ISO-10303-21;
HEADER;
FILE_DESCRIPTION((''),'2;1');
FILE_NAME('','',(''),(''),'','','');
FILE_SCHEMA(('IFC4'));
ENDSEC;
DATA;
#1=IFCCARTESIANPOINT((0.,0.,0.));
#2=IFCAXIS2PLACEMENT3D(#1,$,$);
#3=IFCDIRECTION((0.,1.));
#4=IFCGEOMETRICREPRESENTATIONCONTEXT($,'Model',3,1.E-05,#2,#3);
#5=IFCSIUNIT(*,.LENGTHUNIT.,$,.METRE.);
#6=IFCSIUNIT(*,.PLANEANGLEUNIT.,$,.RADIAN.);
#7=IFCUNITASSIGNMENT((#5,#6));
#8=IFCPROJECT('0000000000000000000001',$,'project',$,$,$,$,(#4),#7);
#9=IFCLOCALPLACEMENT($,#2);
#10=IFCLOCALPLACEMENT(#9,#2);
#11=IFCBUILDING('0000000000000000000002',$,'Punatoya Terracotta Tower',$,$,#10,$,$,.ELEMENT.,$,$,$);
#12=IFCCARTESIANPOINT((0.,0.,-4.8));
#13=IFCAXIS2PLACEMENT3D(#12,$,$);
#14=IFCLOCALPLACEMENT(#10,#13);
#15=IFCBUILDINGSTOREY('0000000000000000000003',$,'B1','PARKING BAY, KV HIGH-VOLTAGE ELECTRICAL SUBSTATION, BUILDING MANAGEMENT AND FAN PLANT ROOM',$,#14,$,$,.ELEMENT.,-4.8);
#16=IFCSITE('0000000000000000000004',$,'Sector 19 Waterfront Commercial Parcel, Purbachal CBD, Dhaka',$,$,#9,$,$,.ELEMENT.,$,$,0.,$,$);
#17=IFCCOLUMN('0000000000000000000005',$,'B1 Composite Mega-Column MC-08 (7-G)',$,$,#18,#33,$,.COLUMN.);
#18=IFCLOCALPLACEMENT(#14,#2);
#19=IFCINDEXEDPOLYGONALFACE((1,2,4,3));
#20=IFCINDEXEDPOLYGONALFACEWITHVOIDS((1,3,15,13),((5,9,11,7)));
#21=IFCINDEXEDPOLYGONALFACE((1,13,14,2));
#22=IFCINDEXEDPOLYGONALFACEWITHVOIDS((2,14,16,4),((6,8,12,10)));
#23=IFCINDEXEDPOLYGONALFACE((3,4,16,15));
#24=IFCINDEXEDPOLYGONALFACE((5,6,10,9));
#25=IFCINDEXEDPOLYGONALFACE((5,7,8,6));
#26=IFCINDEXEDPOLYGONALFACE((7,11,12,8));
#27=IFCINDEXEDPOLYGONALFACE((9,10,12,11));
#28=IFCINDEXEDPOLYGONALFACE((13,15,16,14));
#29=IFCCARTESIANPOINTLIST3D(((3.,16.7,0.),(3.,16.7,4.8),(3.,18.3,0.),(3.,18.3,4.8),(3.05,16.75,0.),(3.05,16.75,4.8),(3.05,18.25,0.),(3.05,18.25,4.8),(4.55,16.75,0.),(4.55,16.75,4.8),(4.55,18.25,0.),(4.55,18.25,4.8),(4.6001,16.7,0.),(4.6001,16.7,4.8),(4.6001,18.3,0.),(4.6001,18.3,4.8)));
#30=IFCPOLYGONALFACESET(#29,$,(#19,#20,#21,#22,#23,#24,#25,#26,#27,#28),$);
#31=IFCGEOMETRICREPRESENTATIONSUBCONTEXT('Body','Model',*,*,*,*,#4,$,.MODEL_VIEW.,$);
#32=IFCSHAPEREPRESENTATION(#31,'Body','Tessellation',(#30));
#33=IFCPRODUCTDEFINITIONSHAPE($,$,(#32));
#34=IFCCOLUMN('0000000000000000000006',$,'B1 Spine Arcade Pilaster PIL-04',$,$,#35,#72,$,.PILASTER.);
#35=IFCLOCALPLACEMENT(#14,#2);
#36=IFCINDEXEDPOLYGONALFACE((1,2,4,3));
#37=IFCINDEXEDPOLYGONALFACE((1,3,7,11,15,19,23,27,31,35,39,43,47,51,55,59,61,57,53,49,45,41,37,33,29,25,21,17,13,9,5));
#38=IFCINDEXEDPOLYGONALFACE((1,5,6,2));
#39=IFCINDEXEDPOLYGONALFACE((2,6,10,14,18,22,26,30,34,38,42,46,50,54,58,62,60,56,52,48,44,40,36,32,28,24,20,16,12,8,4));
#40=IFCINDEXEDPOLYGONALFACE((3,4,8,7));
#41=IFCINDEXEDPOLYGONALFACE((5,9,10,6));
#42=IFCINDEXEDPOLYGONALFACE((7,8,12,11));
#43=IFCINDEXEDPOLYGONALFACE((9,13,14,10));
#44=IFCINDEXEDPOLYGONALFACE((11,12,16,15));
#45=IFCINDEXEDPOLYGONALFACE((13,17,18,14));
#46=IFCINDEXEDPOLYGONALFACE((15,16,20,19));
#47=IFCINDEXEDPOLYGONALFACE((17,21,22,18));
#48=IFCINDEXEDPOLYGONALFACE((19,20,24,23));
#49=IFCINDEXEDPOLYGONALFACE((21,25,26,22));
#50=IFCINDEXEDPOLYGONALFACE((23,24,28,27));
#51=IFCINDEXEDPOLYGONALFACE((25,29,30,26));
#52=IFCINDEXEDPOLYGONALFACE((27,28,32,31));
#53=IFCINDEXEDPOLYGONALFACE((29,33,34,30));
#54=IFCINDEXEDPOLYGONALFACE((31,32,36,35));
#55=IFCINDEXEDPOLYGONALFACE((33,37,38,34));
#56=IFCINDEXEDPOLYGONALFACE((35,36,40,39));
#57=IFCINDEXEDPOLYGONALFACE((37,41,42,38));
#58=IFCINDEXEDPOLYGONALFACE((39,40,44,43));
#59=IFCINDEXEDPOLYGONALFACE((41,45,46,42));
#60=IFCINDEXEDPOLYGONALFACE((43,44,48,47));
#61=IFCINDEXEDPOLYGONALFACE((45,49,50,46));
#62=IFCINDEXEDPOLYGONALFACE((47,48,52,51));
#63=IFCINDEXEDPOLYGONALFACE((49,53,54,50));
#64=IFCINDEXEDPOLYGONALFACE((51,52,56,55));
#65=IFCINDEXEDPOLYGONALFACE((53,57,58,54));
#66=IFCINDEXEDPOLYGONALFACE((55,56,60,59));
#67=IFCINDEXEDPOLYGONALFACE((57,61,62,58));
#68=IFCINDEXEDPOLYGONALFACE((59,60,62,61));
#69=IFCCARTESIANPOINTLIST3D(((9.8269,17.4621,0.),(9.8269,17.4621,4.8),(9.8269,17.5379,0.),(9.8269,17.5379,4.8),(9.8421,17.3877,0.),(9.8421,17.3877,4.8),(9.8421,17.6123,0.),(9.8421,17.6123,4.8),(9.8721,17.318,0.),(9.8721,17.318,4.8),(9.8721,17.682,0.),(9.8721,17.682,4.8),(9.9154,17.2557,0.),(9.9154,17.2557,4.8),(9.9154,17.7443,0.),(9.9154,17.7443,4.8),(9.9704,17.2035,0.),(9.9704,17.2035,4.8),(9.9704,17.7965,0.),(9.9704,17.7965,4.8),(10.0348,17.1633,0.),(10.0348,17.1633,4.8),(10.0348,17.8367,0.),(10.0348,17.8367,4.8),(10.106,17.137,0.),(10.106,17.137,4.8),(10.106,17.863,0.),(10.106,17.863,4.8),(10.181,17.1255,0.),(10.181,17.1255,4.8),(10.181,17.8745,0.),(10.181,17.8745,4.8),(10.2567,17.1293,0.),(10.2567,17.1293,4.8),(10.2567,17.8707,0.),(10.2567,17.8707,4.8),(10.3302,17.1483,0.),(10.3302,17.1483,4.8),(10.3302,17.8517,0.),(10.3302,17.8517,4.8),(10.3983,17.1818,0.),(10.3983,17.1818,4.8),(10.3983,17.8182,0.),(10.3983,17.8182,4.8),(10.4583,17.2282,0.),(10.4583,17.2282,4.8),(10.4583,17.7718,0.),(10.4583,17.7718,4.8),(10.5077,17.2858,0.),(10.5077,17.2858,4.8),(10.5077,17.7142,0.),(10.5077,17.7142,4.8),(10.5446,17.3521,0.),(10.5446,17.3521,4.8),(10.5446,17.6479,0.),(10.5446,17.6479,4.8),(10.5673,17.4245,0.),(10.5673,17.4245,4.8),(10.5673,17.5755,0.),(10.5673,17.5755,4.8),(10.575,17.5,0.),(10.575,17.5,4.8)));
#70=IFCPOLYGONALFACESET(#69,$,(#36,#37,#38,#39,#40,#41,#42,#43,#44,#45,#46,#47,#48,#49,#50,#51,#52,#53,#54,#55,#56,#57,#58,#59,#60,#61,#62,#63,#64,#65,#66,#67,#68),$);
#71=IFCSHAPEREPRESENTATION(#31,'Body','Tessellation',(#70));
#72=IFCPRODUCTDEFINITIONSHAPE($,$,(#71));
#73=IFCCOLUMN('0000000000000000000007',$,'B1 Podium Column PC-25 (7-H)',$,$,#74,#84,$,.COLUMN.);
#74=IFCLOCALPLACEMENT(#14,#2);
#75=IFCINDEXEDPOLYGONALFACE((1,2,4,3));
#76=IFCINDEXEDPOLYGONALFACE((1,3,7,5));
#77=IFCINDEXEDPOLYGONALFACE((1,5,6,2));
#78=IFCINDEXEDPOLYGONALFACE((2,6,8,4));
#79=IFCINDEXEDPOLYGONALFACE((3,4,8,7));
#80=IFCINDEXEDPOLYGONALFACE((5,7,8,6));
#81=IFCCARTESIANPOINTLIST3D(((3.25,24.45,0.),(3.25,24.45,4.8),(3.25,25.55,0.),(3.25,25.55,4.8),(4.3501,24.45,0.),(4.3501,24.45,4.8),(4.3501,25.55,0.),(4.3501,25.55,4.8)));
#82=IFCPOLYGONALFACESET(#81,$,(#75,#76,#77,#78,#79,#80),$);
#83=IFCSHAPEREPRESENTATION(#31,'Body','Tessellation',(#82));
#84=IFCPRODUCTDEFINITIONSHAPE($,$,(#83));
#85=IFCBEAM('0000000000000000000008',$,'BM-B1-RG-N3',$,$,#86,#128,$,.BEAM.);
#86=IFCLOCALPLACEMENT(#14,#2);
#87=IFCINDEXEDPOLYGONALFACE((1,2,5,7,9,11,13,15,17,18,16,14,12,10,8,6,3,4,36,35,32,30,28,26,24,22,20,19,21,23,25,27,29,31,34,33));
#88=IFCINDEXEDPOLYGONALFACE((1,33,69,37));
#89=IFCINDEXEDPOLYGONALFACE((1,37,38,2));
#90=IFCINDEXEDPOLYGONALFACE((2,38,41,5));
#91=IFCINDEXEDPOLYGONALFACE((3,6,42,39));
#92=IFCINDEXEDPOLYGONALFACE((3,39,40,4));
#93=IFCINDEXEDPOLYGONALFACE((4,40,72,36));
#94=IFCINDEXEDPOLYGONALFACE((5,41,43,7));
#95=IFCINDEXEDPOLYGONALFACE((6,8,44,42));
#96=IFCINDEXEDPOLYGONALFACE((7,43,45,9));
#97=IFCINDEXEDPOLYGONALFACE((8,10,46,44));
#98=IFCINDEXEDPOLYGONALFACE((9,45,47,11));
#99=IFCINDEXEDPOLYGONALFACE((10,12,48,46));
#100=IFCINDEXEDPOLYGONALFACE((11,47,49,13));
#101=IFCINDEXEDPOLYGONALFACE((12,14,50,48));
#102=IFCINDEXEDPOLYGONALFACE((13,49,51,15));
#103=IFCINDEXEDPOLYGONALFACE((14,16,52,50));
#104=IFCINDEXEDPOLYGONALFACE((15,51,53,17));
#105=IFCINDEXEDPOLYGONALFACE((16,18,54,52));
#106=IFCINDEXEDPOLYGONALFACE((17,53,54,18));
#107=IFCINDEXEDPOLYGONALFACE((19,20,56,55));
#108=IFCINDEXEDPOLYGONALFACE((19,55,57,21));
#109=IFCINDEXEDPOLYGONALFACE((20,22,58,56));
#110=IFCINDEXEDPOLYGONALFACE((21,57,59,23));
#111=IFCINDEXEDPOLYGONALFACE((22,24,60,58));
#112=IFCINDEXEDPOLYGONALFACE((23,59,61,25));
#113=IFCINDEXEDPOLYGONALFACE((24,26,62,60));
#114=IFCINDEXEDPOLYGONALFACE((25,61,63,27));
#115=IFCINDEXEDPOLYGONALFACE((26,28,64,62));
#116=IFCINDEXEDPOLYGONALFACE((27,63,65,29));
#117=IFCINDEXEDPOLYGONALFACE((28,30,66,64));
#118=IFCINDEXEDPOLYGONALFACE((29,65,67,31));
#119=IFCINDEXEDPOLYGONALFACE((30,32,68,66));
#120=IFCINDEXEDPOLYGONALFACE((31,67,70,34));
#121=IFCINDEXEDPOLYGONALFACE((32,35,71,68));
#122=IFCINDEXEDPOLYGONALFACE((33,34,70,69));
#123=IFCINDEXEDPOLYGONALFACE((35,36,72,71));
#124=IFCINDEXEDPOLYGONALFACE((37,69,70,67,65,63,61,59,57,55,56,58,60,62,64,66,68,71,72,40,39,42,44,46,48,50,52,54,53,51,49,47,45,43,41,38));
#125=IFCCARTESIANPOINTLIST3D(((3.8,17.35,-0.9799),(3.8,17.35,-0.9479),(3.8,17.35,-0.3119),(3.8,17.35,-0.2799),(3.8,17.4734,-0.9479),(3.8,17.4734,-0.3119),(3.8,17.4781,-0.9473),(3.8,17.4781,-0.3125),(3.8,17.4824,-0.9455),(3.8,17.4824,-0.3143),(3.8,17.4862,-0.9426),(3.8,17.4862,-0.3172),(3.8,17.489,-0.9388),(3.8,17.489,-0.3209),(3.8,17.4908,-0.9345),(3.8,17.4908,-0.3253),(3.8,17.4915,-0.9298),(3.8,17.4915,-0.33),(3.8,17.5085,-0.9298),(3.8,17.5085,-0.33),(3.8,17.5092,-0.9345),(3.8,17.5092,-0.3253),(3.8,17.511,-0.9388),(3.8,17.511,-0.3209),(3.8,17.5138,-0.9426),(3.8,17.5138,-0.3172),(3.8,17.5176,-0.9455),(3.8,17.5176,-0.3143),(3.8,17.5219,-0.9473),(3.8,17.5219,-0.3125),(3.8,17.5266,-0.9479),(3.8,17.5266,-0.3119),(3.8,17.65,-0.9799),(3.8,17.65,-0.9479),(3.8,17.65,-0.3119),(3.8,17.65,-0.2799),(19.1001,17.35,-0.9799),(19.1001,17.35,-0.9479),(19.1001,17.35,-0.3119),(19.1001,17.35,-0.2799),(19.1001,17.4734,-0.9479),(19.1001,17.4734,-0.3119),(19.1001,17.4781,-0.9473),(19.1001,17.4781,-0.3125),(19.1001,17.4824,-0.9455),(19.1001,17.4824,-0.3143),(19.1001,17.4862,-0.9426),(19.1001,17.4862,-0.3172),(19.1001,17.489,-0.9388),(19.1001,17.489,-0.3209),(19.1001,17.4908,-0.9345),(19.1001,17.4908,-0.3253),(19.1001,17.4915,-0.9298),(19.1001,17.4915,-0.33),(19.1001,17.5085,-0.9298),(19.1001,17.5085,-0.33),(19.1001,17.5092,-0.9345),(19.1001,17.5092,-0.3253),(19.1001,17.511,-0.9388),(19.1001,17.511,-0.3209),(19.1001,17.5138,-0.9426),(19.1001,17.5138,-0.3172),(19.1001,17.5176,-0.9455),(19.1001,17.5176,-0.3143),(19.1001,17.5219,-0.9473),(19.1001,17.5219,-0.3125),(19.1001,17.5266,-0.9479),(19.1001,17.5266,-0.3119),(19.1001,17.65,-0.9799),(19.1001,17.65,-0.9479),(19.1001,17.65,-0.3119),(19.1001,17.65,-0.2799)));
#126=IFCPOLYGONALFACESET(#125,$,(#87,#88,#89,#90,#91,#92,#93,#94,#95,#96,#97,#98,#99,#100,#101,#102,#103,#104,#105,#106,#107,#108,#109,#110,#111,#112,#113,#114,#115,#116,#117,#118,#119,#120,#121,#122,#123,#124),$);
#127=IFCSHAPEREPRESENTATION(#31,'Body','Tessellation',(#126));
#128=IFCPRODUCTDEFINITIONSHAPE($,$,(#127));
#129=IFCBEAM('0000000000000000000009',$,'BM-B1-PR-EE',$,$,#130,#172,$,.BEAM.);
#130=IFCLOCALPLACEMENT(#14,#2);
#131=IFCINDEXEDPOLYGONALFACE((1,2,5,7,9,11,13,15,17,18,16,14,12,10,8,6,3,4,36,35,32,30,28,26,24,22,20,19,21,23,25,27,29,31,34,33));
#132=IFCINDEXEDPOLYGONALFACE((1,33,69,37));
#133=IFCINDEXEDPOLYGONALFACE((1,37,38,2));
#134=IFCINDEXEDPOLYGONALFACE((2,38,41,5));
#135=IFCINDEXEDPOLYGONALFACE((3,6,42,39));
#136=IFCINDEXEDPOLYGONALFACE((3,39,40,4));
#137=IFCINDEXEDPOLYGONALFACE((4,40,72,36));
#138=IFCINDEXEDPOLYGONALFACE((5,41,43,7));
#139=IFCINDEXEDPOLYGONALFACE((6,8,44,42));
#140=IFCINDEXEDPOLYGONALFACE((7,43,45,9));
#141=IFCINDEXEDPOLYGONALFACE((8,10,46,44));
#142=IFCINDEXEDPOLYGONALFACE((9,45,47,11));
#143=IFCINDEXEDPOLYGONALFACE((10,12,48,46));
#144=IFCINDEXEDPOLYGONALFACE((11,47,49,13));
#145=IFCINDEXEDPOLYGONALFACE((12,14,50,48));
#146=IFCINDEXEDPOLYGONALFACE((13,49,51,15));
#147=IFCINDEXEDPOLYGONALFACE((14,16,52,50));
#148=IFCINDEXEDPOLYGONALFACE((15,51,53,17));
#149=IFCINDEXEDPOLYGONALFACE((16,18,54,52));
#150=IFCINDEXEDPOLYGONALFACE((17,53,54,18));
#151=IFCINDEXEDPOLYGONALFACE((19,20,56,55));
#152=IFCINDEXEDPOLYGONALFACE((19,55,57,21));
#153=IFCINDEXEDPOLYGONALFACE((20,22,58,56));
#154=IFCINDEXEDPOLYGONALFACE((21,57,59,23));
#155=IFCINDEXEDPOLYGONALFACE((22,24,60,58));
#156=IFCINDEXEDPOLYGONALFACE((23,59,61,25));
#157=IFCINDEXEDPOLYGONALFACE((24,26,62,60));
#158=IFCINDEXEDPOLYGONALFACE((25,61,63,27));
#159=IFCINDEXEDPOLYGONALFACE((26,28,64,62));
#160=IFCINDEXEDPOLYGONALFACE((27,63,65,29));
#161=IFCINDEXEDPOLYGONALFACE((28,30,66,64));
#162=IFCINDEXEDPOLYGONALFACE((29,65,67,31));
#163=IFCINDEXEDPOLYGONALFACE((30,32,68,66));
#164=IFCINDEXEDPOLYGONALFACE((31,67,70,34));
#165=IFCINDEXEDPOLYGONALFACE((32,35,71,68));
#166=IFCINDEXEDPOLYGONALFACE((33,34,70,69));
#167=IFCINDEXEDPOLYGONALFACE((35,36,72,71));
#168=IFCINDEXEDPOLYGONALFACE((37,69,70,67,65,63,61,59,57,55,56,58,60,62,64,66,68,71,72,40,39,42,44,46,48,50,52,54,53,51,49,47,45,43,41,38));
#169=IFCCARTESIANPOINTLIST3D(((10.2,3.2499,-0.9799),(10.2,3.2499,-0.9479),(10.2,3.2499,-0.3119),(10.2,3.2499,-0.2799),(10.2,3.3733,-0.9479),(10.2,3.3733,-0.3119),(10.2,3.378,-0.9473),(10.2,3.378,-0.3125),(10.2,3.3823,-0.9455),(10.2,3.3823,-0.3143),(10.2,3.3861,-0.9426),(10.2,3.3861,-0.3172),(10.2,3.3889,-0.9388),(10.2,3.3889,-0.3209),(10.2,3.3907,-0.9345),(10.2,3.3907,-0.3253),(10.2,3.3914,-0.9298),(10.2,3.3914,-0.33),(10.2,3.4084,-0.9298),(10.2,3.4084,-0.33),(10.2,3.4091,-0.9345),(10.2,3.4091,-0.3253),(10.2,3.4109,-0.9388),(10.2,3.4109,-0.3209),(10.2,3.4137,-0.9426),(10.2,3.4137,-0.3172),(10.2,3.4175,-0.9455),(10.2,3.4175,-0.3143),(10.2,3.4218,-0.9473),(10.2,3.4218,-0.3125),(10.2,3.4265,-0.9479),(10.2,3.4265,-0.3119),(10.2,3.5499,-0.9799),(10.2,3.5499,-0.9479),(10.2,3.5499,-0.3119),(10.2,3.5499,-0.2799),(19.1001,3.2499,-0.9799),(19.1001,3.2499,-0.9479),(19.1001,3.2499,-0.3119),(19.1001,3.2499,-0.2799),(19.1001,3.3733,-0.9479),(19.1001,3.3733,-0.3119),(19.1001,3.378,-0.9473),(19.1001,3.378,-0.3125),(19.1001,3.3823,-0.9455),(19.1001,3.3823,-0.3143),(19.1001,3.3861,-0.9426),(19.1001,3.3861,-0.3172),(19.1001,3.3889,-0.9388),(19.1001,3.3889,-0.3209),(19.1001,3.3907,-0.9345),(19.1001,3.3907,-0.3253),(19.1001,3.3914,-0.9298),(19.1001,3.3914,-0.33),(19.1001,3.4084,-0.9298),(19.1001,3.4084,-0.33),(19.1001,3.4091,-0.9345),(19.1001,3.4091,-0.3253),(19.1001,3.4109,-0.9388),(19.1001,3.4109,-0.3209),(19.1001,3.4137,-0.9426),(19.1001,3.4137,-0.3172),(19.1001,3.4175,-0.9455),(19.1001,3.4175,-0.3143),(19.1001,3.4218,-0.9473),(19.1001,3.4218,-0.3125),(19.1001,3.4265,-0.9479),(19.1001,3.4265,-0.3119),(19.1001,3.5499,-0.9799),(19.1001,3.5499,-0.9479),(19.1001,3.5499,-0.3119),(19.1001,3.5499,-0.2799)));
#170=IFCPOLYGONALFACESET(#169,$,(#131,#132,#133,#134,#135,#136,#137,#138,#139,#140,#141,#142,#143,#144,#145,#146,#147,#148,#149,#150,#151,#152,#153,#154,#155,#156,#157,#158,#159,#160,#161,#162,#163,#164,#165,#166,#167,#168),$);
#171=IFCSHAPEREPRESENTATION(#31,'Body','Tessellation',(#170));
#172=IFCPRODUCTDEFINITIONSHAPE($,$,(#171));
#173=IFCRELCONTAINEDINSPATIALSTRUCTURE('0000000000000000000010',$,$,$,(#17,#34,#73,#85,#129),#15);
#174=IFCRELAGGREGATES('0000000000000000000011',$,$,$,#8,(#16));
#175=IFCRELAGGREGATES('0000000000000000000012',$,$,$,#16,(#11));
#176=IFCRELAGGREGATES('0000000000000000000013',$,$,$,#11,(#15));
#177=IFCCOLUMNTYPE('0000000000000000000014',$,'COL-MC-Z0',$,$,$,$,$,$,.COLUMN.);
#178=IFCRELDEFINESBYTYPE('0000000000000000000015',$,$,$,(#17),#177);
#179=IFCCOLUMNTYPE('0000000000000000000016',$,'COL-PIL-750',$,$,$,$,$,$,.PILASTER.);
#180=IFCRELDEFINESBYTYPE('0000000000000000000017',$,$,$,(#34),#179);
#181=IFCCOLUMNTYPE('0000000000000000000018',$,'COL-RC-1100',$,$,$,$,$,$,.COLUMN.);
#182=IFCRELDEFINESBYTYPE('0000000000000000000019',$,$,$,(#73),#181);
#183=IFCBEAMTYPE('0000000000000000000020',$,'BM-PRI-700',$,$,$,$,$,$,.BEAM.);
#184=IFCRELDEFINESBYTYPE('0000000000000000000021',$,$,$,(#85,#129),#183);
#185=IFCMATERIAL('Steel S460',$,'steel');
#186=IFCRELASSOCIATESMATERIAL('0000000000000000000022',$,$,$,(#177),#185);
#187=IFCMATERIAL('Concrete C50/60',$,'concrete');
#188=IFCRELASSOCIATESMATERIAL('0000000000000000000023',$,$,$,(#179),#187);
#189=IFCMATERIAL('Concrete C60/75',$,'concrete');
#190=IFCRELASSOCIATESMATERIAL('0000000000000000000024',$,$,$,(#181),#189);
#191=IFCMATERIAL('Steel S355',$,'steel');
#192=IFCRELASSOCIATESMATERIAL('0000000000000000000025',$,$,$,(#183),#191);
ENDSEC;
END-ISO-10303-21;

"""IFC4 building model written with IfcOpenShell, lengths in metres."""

from ifc_helpers import new_model, si_unit, direction, frame, origin, origin_2d, place, context, subcontext, project, spatial, rectangle, hollow_rectangle, circle, i_section, extrude, material, material_profile, profile_set, type_object, element, save


model = new_model("IFC4")

# Units and contexts
model_context = context("Model", 3, precision=1e-05, world=origin(), true_north=direction((0.0, 1.0)))
body_context = subcontext(model_context, "Body", "Model", "MODEL_VIEW")
ifc_project = project(units=[si_unit("LENGTHUNIT", "METRE"), si_unit("PLANEANGLEUNIT", "RADIAN")], contexts=[model_context])

# Site, building, storey
site_placement = place(None, origin())
site = spatial("IfcSite", under=ifc_project, at=site_placement, Name="Sector 19 Waterfront Commercial Parcel, Purbachal CBD, Dhaka", CompositionType="ELEMENT", RefElevation=0.0)
building_placement = place(site_placement, origin())
building = spatial("IfcBuilding", under=site, at=building_placement, Name="Punatoya Terracotta Tower", CompositionType="ELEMENT")
storey_placement = place(building_placement, frame((0.0, 0.0, -4.8)))
storey = spatial("IfcBuildingStorey", under=building, at=storey_placement, Name="B1", Description="PARKING BAY, KV HIGH-VOLTAGE ELECTRICAL SUBSTATION, BUILDING MANAGEMENT AND FAN PLANT ROOM", CompositionType="ELEMENT", Elevation=-4.8)

# Columns
ifc_material_1 = material(Name="Steel S460", Category="steel")
ifc_material_profile_1 = material_profile(ifc_material_1, hollow_rectangle(XDim=1.6001, YDim=1.6001, WallThickness=0.05, at=origin_2d()))
ifc_profile_set_1 = profile_set([ifc_material_profile_1], Name="Steel S460")
column_type_1 = type_object("IfcColumnType", Name="COL-MC-Z0", PredefinedType="COLUMN", material=ifc_profile_set_1)
column_1_placement = place(storey_placement, frame((3.8, 17.5, 0.0), z_axis=(0.0, 0.0, 1.0), x_axis=(1.0, 0.0, 0.0)))
element("IfcColumn", 1, at=column_1_placement, inside=storey, type_object=column_type_1, Name="B1 Composite Mega-Column MC-08 (7-G)", PredefinedType="COLUMN", context=body_context, shape_type="SweptSolid", body=[
    extrude(hollow_rectangle(XDim=1.6001, YDim=1.6001, WallThickness=0.05, at=origin_2d()), origin(), (0.0, 0.0, 1.0), 4.8),
])
ifc_material_2 = material(Name="Concrete C50/60", Category="concrete")
ifc_material_profile_2 = material_profile(ifc_material_2, circle(Radius=0.375, at=origin_2d()))
ifc_profile_set_2 = profile_set([ifc_material_profile_2], Name="Concrete C50/60")
column_type_2 = type_object("IfcColumnType", Name="COL-PIL-750", PredefinedType="PILASTER", material=ifc_profile_set_2)
column_2_placement = place(storey_placement, frame((10.2, 17.5, 0.0), z_axis=(0.0, 0.0, 1.0), x_axis=(1.0, 0.0, 0.0)))
element("IfcColumn", 2, at=column_2_placement, inside=storey, type_object=column_type_2, Name="B1 Spine Arcade Pilaster PIL-04", PredefinedType="PILASTER", context=body_context, shape_type="SweptSolid", body=[
    extrude(circle(Radius=0.375, at=origin_2d()), origin(), (0.0, 0.0, 1.0), 4.8),
])
ifc_material_3 = material(Name="Concrete C60/75", Category="concrete")
ifc_material_profile_3 = material_profile(ifc_material_3, rectangle(XDim=1.1001, YDim=1.1001, at=origin_2d()))
ifc_profile_set_3 = profile_set([ifc_material_profile_3], Name="Concrete C60/75")
column_type_3 = type_object("IfcColumnType", Name="COL-RC-1100", PredefinedType="COLUMN", material=ifc_profile_set_3)
column_3_placement = place(storey_placement, frame((3.8, 25.0, 0.0), z_axis=(0.0, 0.0, 1.0), x_axis=(1.0, 0.0, 0.0)))
element("IfcColumn", 3, at=column_3_placement, inside=storey, type_object=column_type_3, Name="B1 Podium Column PC-25 (7-H)", PredefinedType="COLUMN", context=body_context, shape_type="SweptSolid", body=[
    extrude(rectangle(XDim=1.1001, YDim=1.1001, at=origin_2d()), origin(), (0.0, 0.0, 1.0), 4.8),
])

# Beams
ifc_material_4 = material(Name="Steel S355", Category="steel")
ifc_material_profile_4 = material_profile(ifc_material_4, i_section(OverallWidth=0.3, OverallDepth=0.7, WebThickness=0.0171, FlangeThickness=0.032, FilletRadius=0.0181, at=origin_2d()))
ifc_profile_set_4 = profile_set([ifc_material_profile_4], Name="Steel S355")
beam_type_1 = type_object("IfcBeamType", Name="BM-PRI-700", PredefinedType="BEAM", material=ifc_profile_set_4)
beam_1_placement = place(storey_placement, frame((3.8, 17.5, -0.6299), z_axis=(1.0, 0.0, 0.0), x_axis=(0.0, 1.0, 0.0)))
element("IfcBeam", 4, at=beam_1_placement, inside=storey, type_object=beam_type_1, Name="BM-B1-RG-N3", PredefinedType="BEAM", context=body_context, shape_type="SweptSolid", body=[
    extrude(i_section(OverallWidth=0.3, OverallDepth=0.7, WebThickness=0.0171, FlangeThickness=0.032, FilletRadius=0.0181, at=origin_2d()), origin(), (0.0, 0.0, 1.0), 15.3),
])
for number, where, z_axis, x_axis, name in (
    (5, (10.2, 3.3999, -0.6299), (1.0, 0.0, 0.0), (0.0, 1.0, 0.0), "BM-B1-PR-EE"),
):
    element("IfcBeam", number, at=place(storey_placement, frame(where, z_axis=z_axis, x_axis=x_axis)), inside=storey, type_object=beam_type_1, Name=name, PredefinedType="BEAM", context=body_context, shape_type="SweptSolid", body=[
        extrude(i_section(OverallWidth=0.3, OverallDepth=0.7, WebThickness=0.0171, FlangeThickness=0.032, FilletRadius=0.0181, at=origin_2d()), origin(), (0.0, 0.0, 1.0), 8.9001),
    ])

save(model, "model.ifc")
